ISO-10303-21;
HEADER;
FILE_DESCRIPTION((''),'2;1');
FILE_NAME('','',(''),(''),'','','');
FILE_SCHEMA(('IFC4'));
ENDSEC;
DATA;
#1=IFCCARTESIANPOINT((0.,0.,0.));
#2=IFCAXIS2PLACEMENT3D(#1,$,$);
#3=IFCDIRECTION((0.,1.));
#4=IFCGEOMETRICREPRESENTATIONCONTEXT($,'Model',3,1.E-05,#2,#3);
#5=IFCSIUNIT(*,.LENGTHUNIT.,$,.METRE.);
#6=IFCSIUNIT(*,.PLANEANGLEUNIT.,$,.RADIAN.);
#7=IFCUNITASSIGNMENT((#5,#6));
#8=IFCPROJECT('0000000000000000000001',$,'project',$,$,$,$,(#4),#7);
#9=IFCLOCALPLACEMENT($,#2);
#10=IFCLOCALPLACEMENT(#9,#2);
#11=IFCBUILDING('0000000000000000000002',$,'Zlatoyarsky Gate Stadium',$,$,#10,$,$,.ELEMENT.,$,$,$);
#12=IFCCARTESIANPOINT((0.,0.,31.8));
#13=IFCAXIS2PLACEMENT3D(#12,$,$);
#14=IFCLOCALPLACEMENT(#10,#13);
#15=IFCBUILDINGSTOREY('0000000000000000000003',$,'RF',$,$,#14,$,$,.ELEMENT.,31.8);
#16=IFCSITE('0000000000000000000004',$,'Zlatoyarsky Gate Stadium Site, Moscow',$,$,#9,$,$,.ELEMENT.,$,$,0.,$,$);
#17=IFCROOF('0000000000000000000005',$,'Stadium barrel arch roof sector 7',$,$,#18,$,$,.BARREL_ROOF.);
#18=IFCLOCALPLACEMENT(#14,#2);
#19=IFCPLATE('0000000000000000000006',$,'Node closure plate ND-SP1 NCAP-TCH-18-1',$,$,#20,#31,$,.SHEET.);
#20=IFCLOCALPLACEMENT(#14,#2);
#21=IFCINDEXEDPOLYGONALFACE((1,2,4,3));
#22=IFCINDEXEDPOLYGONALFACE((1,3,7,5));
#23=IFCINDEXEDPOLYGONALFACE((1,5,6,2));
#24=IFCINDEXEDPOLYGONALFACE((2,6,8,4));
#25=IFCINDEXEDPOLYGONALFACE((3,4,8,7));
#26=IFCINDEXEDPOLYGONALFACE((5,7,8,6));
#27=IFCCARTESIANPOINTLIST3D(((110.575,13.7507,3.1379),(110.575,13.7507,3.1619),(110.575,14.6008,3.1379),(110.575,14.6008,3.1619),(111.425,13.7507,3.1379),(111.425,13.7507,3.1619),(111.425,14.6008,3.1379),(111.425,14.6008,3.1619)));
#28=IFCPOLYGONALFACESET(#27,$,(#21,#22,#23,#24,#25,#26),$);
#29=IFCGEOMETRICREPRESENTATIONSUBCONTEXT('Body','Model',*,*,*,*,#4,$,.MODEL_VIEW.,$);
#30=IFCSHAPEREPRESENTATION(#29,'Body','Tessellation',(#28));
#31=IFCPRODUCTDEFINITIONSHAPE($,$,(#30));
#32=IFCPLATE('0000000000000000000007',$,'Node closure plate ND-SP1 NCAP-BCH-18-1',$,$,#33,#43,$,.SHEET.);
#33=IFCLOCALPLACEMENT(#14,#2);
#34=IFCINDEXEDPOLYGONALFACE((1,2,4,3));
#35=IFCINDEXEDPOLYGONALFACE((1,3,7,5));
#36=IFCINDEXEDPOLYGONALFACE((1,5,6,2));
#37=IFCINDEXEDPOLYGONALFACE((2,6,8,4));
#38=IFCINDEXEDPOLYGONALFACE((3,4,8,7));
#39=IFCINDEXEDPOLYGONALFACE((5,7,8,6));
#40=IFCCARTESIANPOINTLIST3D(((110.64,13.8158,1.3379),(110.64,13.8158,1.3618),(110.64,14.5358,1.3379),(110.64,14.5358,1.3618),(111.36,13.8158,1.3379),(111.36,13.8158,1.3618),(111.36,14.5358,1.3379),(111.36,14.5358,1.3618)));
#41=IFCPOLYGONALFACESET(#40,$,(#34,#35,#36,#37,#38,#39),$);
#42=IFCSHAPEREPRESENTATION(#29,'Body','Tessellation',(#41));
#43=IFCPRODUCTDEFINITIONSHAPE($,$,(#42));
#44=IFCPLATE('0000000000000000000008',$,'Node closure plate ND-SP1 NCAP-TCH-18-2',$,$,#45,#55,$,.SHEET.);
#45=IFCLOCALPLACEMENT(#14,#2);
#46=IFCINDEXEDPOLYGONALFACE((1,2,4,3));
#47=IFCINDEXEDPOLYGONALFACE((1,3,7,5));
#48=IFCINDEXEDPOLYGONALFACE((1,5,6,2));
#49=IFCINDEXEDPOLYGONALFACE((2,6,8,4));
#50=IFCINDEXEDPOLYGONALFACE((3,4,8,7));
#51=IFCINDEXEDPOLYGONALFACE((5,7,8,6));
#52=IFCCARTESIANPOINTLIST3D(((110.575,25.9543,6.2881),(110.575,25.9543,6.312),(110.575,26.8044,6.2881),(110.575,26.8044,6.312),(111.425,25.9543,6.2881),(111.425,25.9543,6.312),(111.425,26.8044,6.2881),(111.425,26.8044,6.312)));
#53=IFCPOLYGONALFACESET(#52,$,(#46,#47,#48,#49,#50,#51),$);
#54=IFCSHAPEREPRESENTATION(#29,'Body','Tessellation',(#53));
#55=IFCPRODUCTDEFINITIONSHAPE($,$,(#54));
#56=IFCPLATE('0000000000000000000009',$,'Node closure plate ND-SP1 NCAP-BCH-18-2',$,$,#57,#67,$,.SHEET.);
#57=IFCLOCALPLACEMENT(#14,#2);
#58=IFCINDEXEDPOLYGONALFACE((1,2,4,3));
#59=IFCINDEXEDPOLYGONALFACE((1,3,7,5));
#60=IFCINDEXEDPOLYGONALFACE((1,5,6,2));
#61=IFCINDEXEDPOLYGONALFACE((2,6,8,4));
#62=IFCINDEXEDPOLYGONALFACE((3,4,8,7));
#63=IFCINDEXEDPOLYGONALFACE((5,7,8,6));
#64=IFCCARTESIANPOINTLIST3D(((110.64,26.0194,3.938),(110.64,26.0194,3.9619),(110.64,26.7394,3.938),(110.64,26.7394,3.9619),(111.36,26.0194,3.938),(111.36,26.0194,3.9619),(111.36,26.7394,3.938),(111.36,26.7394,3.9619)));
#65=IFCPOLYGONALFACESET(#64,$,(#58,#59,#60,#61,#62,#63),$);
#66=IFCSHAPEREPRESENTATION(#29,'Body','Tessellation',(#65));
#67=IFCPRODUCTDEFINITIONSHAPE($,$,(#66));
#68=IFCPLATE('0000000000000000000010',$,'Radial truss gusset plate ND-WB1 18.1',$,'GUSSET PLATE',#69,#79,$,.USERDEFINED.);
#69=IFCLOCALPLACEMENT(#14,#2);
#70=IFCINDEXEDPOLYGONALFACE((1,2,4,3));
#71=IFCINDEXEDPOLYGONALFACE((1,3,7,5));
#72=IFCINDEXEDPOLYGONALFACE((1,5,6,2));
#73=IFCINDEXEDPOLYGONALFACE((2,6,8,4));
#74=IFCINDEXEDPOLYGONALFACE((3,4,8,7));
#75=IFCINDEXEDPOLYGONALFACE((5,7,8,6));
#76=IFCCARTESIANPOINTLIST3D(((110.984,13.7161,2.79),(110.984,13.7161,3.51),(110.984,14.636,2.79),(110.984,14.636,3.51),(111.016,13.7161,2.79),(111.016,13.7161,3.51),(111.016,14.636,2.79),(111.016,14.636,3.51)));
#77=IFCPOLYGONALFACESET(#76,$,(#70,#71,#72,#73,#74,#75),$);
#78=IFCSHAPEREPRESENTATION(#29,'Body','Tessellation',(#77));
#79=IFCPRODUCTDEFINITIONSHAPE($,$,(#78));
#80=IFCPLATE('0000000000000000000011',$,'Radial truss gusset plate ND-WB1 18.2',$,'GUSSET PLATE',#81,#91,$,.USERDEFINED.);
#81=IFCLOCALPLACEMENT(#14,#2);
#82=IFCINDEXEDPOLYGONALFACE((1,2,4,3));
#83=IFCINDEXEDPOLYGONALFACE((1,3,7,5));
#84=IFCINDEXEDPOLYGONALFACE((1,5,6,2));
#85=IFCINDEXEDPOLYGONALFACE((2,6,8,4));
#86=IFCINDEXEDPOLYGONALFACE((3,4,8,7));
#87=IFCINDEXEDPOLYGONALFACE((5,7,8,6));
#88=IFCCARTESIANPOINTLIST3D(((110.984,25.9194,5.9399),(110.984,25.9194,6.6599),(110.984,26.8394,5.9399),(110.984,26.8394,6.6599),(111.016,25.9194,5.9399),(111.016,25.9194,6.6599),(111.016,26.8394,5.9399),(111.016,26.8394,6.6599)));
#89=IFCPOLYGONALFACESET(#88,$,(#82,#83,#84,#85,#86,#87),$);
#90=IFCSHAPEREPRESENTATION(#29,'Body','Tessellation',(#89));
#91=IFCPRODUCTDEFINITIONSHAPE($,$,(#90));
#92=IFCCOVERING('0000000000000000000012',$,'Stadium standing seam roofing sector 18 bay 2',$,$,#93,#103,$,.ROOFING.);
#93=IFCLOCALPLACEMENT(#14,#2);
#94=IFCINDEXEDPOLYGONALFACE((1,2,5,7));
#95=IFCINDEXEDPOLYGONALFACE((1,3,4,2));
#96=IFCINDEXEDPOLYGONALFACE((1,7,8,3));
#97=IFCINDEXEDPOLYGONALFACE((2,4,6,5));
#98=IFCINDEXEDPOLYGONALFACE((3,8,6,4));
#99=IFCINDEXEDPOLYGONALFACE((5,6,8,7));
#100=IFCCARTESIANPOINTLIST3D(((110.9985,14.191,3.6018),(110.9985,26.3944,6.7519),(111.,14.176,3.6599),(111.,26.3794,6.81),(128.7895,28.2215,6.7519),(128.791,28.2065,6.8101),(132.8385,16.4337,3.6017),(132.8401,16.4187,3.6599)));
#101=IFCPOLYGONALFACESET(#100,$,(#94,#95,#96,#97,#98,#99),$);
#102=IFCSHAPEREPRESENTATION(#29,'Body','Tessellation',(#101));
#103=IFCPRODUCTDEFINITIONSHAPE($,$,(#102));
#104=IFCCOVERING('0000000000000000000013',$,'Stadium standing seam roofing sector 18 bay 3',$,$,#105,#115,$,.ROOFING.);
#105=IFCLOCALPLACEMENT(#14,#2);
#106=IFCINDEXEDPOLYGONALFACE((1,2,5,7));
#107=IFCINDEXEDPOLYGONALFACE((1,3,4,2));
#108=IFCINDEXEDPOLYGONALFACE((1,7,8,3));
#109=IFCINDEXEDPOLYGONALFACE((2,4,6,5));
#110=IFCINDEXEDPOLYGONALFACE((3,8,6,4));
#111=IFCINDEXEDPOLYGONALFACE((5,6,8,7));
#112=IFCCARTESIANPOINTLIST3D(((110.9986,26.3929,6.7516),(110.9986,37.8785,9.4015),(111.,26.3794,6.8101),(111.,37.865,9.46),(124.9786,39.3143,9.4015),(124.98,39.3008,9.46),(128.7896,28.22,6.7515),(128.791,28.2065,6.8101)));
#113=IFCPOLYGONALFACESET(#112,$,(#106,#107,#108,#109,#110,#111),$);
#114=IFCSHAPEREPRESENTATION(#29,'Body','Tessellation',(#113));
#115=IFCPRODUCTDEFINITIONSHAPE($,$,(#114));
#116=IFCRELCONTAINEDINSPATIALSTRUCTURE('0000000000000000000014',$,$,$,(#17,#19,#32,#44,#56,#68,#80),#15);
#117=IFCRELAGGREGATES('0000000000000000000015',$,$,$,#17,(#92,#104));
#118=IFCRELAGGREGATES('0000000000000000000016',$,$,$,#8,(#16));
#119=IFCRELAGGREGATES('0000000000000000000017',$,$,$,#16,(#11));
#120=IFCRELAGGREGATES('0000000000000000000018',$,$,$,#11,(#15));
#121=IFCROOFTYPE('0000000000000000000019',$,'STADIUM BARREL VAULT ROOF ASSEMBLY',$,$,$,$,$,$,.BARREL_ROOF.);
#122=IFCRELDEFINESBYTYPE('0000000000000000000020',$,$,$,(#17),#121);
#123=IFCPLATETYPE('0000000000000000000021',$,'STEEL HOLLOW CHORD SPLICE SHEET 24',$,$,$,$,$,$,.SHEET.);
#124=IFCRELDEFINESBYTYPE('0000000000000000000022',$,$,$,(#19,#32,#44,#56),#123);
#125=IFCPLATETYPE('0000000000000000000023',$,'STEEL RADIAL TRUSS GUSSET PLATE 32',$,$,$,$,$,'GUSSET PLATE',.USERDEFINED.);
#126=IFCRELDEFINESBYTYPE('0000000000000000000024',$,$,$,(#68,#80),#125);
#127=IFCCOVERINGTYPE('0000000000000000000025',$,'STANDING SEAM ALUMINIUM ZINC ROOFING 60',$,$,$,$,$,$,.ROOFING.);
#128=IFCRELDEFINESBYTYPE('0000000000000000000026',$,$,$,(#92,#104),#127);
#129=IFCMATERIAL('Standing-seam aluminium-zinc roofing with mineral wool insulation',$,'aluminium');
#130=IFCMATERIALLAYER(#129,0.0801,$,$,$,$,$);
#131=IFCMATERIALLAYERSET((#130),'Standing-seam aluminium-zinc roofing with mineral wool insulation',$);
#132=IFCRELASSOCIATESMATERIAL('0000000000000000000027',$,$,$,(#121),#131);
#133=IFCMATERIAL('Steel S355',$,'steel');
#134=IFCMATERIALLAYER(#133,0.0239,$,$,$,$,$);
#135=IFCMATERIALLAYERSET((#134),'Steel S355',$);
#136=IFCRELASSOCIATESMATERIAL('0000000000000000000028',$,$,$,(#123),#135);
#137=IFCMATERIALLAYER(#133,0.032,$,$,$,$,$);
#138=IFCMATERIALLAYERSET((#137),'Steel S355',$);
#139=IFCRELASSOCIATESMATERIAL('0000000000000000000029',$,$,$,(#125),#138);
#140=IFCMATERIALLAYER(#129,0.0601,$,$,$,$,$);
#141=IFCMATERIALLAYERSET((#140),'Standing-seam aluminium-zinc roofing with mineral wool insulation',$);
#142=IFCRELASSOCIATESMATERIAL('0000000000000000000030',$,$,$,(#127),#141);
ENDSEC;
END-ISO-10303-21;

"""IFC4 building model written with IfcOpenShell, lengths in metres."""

from ifc_helpers import new_model, si_unit, direction, frame, origin, origin_2d, place, context, subcontext, project, spatial, polyline, rectangle, outline, extrude, material, layer, layer_set, type_object, element, aggregate, save


model = new_model("IFC4")

# Units and contexts
model_context = context("Model", 3, precision=1e-05, world=origin(), true_north=direction((0.0, 1.0)))
body_context = subcontext(model_context, "Body", "Model", "MODEL_VIEW")
ifc_project = project(units=[si_unit("LENGTHUNIT", "METRE"), si_unit("PLANEANGLEUNIT", "RADIAN")], contexts=[model_context])

# Site, building, storey
site_placement = place(None, origin())
site = spatial("IfcSite", under=ifc_project, at=site_placement, Name="Zlatoyarsky Gate Stadium Site, Moscow", CompositionType="ELEMENT", RefElevation=0.0)
building_placement = place(site_placement, origin())
building = spatial("IfcBuilding", under=site, at=building_placement, Name="Zlatoyarsky Gate Stadium", CompositionType="ELEMENT")
storey_placement = place(building_placement, frame((0.0, 0.0, 31.8)))
storey = spatial("IfcBuildingStorey", under=building, at=storey_placement, Name="RF", CompositionType="ELEMENT", Elevation=31.8)

# Shared definitions
ifc_material_1 = material(Name="Steel S355", Category="steel")

# Roof
ifc_material_2 = material(Name="Standing-seam aluminium-zinc roofing with mineral wool insulation", Category="aluminium")
ifc_layer_1 = layer(ifc_material_2, 0.0801)
ifc_layer_set_1 = layer_set([ifc_layer_1], Name="Standing-seam aluminium-zinc roofing with mineral wool insulation")
roof_type = type_object("IfcRoofType", Name="STADIUM BARREL VAULT ROOF ASSEMBLY", PredefinedType="BARREL_ROOF", material=ifc_layer_set_1)
roof_placement = place(storey_placement, origin())
roof = element("IfcRoof", 1, at=roof_placement, inside=storey, type_object=roof_type, Name="Stadium barrel arch roof sector 7", PredefinedType="BARREL_ROOF")

# Plates
ifc_layer_2 = layer(ifc_material_1, 0.0239)
ifc_layer_set_2 = layer_set([ifc_layer_2], Name="Steel S355")
plate_type_1 = type_object("IfcPlateType", Name="STEEL HOLLOW CHORD SPLICE SHEET 24", PredefinedType="SHEET", material=ifc_layer_set_2)
plate_1_placement = place(storey_placement, frame((111.0, 14.1758, 3.1379), z_axis=(0.0, 0.0, 1.0), x_axis=(1.0, 0.0, 0.0)))
element("IfcPlate", 2, at=plate_1_placement, inside=storey, type_object=plate_type_1, Name="Node closure plate ND-SP1 NCAP-TCH-18-1", PredefinedType="SHEET", context=body_context, shape_type="SweptSolid", body=[
    extrude(rectangle(XDim=0.8501, YDim=0.8501, at=origin_2d()), origin(), (0.0, 0.0, 1.0), 0.0239),
])
plate_2_placement = place(storey_placement, frame((111.0, 14.1758, 1.3379), z_axis=(0.0, 0.0, 1.0), x_axis=(1.0, 0.0, 0.0)))
element("IfcPlate", 3, at=plate_2_placement, inside=storey, type_object=plate_type_1, Name="Node closure plate ND-SP1 NCAP-BCH-18-1", PredefinedType="SHEET", context=body_context, shape_type="SweptSolid", body=[
    extrude(rectangle(XDim=0.72, YDim=0.72, at=origin_2d()), origin(), (0.0, 0.0, 1.0), 0.0239),
])
plate_3_placement = place(storey_placement, frame((111.0, 26.3794, 6.2881), z_axis=(0.0, 0.0, 1.0), x_axis=(1.0, 0.0, 0.0)))
element("IfcPlate", 4, at=plate_3_placement, inside=storey, type_object=plate_type_1, Name="Node closure plate ND-SP1 NCAP-TCH-18-2", PredefinedType="SHEET", context=body_context, shape_type="SweptSolid", body=[
    extrude(rectangle(XDim=0.8501, YDim=0.8501, at=origin_2d()), origin(), (0.0, 0.0, 1.0), 0.0239),
])
plate_4_placement = place(storey_placement, frame((111.0, 26.3794, 3.938), z_axis=(0.0, 0.0, 1.0), x_axis=(1.0, 0.0, 0.0)))
element("IfcPlate", 5, at=plate_4_placement, inside=storey, type_object=plate_type_1, Name="Node closure plate ND-SP1 NCAP-BCH-18-2", PredefinedType="SHEET", context=body_context, shape_type="SweptSolid", body=[
    extrude(rectangle(XDim=0.72, YDim=0.72, at=origin_2d()), origin(), (0.0, 0.0, 1.0), 0.0239),
])
ifc_layer_3 = layer(ifc_material_1, 0.032)
ifc_layer_set_3 = layer_set([ifc_layer_3], Name="Steel S355")
plate_type_2 = type_object("IfcPlateType", Name="STEEL RADIAL TRUSS GUSSET PLATE 32", ElementType="GUSSET PLATE", PredefinedType="USERDEFINED", material=ifc_layer_set_3)
for number, where, z_axis, x_axis, name in (
    (6, (111.0, 14.176, 2.79), (0.0, 0.0, 1.0), (0.0, 1.0, 0.0), "Radial truss gusset plate ND-WB1 18.1"),
    (7, (111.0, 26.3794, 5.9399), (0.0, 0.0, 1.0), (0.0, 1.0, 0.0), "Radial truss gusset plate ND-WB1 18.2"),
):
    element("IfcPlate", number, at=place(storey_placement, frame(where, z_axis=z_axis, x_axis=x_axis)), inside=storey, type_object=plate_type_2, Name=name, ObjectType="GUSSET PLATE", PredefinedType="USERDEFINED", context=body_context, shape_type="SweptSolid", body=[
        extrude(rectangle(XDim=0.9199, YDim=0.032, at=origin_2d()), origin(), (0.0, 0.0, 1.0), 0.72),
    ])

# Coverings
ifc_layer_4 = layer(ifc_material_2, 0.0601)
ifc_layer_set_4 = layer_set([ifc_layer_4], Name="Standing-seam aluminium-zinc roofing with mineral wool insulation")
covering_type = type_object("IfcCoveringType", Name="STANDING SEAM ALUMINIUM ZINC ROOFING 60", PredefinedType="ROOFING", material=ifc_layer_set_4)
covering_1_placement = place(storey_placement, frame((111.0, 14.176, 3.6599), z_axis=(0.025659, -0.249859, 0.967942), x_axis=(0.994769, 0.102149, -0.000002)))
covering_1 = element("IfcCovering", 8, at=covering_1_placement, type_object=covering_type, Name="Stadium standing seam roofing sector 18 bay 2", PredefinedType="ROOFING", context=body_context, shape_type="SweptSolid", body=[
    extrude(outline(polyline([(0.0, 0.0), (21.9549, 0.0), (19.1312, 12.5418), (1.2466, 12.5416), (0.0, 0.0)])), origin(), (0.0, 0.0, -1.0), 0.0601),
])
covering_2_placement = place(storey_placement, frame((111.0, 26.3794, 6.8101), z_axis=(0.023082, -0.224749, 0.974143), x_axis=(0.994768, 0.102163, 0.0)))
covering_2 = element("IfcCovering", 9, at=covering_2_placement, type_object=covering_type, Name="Stadium standing seam roofing sector 18 bay 3", PredefinedType="ROOFING", context=body_context, shape_type="SweptSolid", body=[
    extrude(outline(polyline([(0.0, 0.0), (17.8846, 0.0), (15.2269, 11.7288), (1.1734, 11.7288), (0.0, 0.0)])), origin(), (0.0, 0.0, -1.0), 0.0601),
])
aggregate(roof, [covering_1, covering_2])

save(model, "model.ifc")
